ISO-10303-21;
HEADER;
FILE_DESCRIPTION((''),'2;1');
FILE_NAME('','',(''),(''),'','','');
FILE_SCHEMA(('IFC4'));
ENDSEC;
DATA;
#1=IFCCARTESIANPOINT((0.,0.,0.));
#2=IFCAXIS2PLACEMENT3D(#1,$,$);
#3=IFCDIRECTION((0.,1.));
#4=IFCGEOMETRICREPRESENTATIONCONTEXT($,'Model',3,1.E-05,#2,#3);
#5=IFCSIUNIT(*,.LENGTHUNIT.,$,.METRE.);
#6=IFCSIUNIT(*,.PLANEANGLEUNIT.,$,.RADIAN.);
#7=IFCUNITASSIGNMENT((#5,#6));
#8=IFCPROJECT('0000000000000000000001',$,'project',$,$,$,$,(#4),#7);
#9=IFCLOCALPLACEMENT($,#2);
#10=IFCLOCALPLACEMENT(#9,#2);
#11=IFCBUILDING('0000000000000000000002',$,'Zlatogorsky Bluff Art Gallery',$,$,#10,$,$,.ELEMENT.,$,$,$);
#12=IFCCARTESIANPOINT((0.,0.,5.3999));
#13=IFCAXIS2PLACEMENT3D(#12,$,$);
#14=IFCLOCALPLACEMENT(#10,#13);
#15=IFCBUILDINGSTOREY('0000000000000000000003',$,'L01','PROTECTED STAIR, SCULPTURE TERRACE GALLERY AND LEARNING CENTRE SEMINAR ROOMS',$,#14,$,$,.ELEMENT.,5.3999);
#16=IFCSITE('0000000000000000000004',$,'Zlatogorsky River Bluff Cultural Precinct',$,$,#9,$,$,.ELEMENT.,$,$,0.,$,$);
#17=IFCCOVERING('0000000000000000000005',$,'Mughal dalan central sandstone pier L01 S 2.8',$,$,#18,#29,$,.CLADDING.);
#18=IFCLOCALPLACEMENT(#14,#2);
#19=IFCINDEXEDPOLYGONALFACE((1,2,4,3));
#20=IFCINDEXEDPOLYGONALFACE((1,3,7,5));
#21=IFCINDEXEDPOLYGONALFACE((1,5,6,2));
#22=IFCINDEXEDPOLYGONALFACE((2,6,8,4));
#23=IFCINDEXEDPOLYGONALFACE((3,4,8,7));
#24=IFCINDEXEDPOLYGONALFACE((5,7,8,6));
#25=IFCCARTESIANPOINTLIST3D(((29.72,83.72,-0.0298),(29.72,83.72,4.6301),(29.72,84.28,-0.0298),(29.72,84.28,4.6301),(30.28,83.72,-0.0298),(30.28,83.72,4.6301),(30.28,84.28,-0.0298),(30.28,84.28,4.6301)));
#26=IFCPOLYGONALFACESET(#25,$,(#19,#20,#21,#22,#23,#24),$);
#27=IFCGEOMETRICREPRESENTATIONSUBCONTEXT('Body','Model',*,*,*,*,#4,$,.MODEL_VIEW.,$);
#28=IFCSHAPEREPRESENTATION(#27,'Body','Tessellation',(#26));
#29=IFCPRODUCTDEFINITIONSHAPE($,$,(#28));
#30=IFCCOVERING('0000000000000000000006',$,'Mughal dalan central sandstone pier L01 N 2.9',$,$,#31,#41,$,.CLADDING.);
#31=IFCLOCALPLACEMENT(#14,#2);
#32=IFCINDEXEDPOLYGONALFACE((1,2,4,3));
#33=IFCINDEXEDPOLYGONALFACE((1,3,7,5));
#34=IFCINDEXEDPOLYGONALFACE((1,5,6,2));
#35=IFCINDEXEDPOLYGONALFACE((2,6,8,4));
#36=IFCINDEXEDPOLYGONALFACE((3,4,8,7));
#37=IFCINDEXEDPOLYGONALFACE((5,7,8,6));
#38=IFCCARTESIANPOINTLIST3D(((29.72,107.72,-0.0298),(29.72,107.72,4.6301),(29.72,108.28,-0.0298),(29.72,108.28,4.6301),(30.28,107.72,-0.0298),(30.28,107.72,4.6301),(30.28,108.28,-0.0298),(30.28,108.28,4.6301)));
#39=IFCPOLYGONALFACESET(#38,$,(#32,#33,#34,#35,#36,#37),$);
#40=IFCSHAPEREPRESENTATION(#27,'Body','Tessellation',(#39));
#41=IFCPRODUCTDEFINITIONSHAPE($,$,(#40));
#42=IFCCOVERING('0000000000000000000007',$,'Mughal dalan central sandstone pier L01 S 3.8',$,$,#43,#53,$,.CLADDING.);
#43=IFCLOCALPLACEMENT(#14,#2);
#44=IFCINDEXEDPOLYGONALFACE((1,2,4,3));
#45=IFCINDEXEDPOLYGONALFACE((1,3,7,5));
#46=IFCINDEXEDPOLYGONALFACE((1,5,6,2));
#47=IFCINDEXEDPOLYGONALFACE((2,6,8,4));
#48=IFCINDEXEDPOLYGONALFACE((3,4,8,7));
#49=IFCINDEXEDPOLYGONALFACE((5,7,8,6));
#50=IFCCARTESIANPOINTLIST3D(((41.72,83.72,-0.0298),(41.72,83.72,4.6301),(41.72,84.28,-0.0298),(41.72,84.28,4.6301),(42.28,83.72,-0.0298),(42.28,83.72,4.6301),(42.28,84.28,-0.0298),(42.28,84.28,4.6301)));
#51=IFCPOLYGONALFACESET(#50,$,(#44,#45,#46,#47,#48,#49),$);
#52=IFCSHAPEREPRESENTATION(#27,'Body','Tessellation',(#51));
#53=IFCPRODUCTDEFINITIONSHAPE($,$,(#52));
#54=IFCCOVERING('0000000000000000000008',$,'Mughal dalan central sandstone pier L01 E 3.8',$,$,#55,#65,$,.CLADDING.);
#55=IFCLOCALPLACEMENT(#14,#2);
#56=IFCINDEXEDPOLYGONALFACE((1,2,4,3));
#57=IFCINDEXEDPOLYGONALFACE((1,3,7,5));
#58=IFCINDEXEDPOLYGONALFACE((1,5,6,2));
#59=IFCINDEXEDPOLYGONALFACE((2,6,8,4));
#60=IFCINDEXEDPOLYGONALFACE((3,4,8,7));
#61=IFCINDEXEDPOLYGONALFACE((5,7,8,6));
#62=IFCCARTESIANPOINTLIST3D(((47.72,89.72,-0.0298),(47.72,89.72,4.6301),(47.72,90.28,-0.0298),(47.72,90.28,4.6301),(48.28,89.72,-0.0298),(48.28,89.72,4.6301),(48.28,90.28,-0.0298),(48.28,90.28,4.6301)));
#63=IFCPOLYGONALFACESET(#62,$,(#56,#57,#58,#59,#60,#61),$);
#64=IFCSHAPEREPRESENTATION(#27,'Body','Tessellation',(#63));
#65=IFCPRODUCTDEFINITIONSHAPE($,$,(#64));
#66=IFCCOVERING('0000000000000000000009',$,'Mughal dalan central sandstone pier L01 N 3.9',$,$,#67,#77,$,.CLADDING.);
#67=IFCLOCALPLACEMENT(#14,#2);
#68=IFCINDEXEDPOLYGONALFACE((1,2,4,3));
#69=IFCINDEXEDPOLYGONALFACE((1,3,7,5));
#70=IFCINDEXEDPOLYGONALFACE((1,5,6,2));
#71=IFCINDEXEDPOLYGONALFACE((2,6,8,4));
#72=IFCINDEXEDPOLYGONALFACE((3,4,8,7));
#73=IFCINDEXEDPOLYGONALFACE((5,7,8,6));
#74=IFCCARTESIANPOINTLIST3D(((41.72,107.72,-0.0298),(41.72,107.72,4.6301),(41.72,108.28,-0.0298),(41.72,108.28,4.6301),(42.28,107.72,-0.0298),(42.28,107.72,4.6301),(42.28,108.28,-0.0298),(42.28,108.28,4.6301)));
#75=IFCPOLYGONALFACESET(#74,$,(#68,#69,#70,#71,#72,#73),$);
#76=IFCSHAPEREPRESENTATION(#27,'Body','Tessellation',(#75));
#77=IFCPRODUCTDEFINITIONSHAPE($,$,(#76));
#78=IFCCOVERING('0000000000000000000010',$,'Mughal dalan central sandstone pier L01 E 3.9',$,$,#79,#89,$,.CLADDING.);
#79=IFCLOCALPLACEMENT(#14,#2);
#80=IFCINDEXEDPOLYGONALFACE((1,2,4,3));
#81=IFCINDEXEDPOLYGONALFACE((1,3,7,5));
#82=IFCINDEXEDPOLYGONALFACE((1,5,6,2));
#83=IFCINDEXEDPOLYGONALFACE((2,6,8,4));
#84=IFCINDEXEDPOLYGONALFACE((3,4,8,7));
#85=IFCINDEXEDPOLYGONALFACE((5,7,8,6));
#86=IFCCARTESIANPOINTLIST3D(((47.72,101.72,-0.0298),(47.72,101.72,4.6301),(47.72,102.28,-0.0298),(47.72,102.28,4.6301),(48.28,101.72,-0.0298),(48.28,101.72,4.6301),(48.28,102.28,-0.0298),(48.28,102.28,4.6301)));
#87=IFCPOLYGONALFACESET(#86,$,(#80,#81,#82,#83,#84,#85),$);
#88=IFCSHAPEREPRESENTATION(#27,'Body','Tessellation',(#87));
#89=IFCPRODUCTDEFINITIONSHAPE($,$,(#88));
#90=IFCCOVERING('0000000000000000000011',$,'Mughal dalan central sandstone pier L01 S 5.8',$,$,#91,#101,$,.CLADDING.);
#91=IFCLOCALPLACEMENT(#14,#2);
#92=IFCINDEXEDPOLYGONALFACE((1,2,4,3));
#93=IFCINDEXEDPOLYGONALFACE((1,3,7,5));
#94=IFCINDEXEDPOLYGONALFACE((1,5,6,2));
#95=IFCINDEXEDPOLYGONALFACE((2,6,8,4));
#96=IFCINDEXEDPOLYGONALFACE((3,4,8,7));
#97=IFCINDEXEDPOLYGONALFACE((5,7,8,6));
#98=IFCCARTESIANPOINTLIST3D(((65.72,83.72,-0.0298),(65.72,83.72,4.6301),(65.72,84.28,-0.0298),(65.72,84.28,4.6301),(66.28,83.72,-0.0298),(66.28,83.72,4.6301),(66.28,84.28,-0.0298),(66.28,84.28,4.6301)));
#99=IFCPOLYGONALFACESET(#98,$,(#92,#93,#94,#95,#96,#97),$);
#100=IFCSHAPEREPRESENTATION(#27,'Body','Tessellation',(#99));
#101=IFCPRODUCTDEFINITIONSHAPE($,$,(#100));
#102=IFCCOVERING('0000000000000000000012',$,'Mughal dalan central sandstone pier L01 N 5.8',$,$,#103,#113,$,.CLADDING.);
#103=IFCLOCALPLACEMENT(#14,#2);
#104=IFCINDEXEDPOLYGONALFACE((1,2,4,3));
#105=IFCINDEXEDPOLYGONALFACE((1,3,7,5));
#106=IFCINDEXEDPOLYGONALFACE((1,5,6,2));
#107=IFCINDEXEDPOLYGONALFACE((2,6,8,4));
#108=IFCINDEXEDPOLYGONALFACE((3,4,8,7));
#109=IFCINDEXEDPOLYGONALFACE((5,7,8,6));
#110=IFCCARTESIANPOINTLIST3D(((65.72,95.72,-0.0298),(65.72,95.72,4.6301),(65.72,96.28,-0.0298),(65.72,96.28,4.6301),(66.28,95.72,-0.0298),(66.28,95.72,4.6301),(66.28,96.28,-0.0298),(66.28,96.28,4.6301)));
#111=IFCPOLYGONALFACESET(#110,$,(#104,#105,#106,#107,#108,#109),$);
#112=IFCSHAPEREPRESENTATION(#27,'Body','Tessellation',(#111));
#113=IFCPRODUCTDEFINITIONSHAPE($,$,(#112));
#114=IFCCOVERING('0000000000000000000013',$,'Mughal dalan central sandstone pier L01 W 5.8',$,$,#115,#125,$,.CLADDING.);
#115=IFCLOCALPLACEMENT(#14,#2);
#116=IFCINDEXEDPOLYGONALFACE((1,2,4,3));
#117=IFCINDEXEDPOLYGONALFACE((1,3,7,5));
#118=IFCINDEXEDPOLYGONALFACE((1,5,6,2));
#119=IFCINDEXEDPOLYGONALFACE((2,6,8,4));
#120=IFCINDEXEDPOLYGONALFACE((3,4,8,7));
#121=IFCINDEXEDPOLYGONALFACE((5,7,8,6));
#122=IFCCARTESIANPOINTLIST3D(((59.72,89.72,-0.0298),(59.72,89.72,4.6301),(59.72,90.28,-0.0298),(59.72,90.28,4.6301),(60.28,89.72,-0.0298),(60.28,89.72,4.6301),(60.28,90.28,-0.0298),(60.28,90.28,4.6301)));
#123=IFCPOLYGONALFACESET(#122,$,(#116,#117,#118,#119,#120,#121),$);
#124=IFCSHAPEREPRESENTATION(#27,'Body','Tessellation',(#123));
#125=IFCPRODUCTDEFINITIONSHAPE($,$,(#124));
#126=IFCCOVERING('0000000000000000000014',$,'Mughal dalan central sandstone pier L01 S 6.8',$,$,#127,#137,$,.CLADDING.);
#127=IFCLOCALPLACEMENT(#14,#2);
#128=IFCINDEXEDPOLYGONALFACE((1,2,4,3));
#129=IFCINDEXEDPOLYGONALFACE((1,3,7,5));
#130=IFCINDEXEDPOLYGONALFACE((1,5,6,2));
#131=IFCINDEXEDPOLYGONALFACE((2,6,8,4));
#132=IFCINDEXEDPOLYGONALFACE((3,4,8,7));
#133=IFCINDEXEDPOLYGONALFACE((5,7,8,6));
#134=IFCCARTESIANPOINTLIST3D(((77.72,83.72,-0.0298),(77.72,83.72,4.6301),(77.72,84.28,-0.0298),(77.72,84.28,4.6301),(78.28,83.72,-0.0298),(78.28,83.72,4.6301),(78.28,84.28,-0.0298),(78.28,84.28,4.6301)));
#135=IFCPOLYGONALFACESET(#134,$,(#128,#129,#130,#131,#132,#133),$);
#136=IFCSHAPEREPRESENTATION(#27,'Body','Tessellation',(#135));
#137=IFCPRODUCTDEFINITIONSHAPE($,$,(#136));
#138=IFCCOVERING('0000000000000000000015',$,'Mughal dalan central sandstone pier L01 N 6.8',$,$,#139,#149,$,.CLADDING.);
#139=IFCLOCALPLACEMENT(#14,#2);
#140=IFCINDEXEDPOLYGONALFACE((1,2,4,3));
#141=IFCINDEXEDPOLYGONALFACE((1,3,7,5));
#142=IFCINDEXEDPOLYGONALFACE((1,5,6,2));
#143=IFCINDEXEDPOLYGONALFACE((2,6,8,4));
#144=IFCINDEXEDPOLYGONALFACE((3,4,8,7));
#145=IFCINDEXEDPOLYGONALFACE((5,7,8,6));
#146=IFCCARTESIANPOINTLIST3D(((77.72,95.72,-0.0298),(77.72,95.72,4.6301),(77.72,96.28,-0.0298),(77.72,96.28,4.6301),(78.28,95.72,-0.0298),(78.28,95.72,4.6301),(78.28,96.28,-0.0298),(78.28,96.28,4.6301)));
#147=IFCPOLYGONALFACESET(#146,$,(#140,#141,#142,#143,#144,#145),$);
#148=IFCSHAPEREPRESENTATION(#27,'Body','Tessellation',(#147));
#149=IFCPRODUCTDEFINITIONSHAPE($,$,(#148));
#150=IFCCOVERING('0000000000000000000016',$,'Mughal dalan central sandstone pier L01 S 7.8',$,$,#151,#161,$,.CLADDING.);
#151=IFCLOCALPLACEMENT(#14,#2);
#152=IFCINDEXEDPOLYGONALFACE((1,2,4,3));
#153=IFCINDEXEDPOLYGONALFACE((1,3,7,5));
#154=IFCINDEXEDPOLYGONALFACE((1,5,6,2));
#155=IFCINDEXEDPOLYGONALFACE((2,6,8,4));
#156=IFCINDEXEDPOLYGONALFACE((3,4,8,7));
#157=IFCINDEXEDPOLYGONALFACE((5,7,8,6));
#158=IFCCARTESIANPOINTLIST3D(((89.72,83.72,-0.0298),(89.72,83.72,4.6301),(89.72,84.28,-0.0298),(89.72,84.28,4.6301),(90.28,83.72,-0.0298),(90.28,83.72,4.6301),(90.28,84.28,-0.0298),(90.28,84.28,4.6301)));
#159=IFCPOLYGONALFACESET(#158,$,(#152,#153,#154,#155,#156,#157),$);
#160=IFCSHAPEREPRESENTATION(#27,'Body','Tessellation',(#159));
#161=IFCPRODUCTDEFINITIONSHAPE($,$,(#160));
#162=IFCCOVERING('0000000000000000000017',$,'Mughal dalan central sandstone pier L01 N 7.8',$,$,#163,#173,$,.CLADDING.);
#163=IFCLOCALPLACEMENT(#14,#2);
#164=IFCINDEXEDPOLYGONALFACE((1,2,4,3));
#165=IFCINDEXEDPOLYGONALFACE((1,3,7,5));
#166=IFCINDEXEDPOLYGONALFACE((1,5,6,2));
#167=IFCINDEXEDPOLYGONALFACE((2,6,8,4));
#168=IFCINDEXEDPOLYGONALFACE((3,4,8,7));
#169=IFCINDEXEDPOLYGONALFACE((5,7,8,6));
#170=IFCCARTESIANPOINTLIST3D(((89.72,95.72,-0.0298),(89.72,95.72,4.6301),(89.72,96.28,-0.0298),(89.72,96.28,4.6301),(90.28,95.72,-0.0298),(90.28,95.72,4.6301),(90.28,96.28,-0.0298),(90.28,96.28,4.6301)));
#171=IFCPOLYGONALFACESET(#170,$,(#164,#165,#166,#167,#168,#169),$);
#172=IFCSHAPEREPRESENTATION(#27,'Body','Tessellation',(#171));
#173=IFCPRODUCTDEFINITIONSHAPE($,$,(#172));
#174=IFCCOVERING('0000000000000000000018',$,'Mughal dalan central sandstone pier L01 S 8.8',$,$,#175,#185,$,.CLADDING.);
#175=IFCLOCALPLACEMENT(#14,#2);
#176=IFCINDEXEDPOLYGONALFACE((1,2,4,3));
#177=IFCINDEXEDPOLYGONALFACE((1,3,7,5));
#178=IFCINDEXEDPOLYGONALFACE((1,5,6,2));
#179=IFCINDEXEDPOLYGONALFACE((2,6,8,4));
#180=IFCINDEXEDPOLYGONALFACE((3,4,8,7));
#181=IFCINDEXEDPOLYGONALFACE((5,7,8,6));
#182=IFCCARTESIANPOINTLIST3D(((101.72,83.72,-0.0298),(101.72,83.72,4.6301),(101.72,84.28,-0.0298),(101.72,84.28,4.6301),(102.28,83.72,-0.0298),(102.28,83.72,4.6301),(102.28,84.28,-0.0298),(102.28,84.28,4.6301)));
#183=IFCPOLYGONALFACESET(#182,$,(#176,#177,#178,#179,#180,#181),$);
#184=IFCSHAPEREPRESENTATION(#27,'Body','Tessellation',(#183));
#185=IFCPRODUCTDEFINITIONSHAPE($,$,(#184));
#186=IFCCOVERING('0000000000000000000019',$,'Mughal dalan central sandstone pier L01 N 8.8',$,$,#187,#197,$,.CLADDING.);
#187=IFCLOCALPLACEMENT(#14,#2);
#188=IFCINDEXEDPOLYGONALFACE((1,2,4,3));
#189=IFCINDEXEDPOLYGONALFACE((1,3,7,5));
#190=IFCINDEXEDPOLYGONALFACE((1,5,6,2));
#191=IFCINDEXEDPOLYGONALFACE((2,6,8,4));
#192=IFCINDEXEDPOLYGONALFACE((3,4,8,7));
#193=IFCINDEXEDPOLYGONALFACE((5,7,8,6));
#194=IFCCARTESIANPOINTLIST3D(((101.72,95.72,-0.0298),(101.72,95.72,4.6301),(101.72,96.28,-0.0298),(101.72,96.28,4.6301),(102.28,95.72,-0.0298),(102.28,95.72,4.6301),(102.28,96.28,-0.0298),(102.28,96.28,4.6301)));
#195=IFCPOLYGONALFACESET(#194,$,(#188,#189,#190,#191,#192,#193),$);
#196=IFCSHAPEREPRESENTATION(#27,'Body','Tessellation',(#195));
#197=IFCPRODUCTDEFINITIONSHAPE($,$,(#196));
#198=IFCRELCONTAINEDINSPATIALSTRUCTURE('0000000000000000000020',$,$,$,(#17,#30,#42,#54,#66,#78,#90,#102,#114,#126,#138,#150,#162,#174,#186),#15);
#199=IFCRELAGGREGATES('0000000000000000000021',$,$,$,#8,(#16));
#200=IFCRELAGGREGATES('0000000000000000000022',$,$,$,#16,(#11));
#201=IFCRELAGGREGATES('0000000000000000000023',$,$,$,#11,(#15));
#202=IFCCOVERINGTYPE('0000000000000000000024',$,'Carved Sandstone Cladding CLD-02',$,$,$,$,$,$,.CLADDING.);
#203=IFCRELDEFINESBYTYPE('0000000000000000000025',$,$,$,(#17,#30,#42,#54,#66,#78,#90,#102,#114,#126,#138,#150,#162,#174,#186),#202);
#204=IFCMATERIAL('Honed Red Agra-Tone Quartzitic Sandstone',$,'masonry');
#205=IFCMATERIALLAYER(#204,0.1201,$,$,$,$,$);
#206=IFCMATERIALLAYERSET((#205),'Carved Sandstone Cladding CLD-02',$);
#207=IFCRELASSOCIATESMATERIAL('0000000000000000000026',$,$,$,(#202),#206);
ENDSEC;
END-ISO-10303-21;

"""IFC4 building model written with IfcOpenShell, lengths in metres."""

from ifc_helpers import new_model, si_unit, direction, frame, origin, place, context, subcontext, project, spatial, polyline, outline, extrude, material, layer, layer_set, type_object, element, save


model = new_model("IFC4")

# Units and contexts
model_context = context("Model", 3, precision=1e-05, world=origin(), true_north=direction((0.0, 1.0)))
body_context = subcontext(model_context, "Body", "Model", "MODEL_VIEW")
ifc_project = project(units=[si_unit("LENGTHUNIT", "METRE"), si_unit("PLANEANGLEUNIT", "RADIAN")], contexts=[model_context])

# Site, building, storey
site_placement = place(None, origin())
site = spatial("IfcSite", under=ifc_project, at=site_placement, Name="Zlatogorsky River Bluff Cultural Precinct", CompositionType="ELEMENT", RefElevation=0.0)
building_placement = place(site_placement, origin())
building = spatial("IfcBuilding", under=site, at=building_placement, Name="Zlatogorsky Bluff Art Gallery", CompositionType="ELEMENT")
storey_placement = place(building_placement, frame((0.0, 0.0, 5.3999)))
storey = spatial("IfcBuildingStorey", under=building, at=storey_placement, Name="L01", Description="PROTECTED STAIR, SCULPTURE TERRACE GALLERY AND LEARNING CENTRE SEMINAR ROOMS", CompositionType="ELEMENT", Elevation=5.3999)

# Coverings
ifc_material_1 = material(Name="Honed Red Agra-Tone Quartzitic Sandstone", Category="masonry")
ifc_layer_1 = layer(ifc_material_1, 0.1201)
ifc_layer_set_1 = layer_set([ifc_layer_1], Name="Carved Sandstone Cladding CLD-02")
covering_type = type_object("IfcCoveringType", Name="Carved Sandstone Cladding CLD-02", PredefinedType="CLADDING", material=ifc_layer_set_1)
covering_1_placement = place(storey_placement, frame((0.0, 0.0, -0.0298)))
element("IfcCovering", 1, at=covering_1_placement, inside=storey, type_object=covering_type, Name="Mughal dalan central sandstone pier L01 S 2.8", PredefinedType="CLADDING", context=body_context, shape_type="SweptSolid", body=[
    extrude(outline(polyline([(29.72, 83.72), (30.28, 83.72), (30.28, 84.28), (29.72, 84.28), (29.72, 83.72)])), origin(), (0.0, 0.0, 1.0), 4.6599),
])
covering_2_placement = place(storey_placement, frame((0.0, 0.0, -0.0298)))
element("IfcCovering", 2, at=covering_2_placement, inside=storey, type_object=covering_type, Name="Mughal dalan central sandstone pier L01 N 2.9", PredefinedType="CLADDING", context=body_context, shape_type="SweptSolid", body=[
    extrude(outline(polyline([(29.72, 107.72), (30.28, 107.72), (30.28, 108.28), (29.72, 108.28), (29.72, 107.72)])), origin(), (0.0, 0.0, 1.0), 4.6599),
])
covering_3_placement = place(storey_placement, frame((0.0, 0.0, -0.0298)))
element("IfcCovering", 3, at=covering_3_placement, inside=storey, type_object=covering_type, Name="Mughal dalan central sandstone pier L01 S 3.8", PredefinedType="CLADDING", context=body_context, shape_type="SweptSolid", body=[
    extrude(outline(polyline([(41.72, 83.72), (42.28, 83.72), (42.28, 84.28), (41.72, 84.28), (41.72, 83.72)])), origin(), (0.0, 0.0, 1.0), 4.6599),
])
covering_4_placement = place(storey_placement, frame((0.0, 0.0, -0.0298)))
element("IfcCovering", 4, at=covering_4_placement, inside=storey, type_object=covering_type, Name="Mughal dalan central sandstone pier L01 E 3.8", PredefinedType="CLADDING", context=body_context, shape_type="SweptSolid", body=[
    extrude(outline(polyline([(47.72, 89.72), (48.28, 89.72), (48.28, 90.28), (47.72, 90.28), (47.72, 89.72)])), origin(), (0.0, 0.0, 1.0), 4.6599),
])
covering_5_placement = place(storey_placement, frame((0.0, 0.0, -0.0298)))
element("IfcCovering", 5, at=covering_5_placement, inside=storey, type_object=covering_type, Name="Mughal dalan central sandstone pier L01 N 3.9", PredefinedType="CLADDING", context=body_context, shape_type="SweptSolid", body=[
    extrude(outline(polyline([(41.72, 107.72), (42.28, 107.72), (42.28, 108.28), (41.72, 108.28), (41.72, 107.72)])), origin(), (0.0, 0.0, 1.0), 4.6599),
])
covering_6_placement = place(storey_placement, frame((0.0, 0.0, -0.0298)))
element("IfcCovering", 6, at=covering_6_placement, inside=storey, type_object=covering_type, Name="Mughal dalan central sandstone pier L01 E 3.9", PredefinedType="CLADDING", context=body_context, shape_type="SweptSolid", body=[
    extrude(outline(polyline([(47.72, 101.72), (48.28, 101.72), (48.28, 102.28), (47.72, 102.28), (47.72, 101.72)])), origin(), (0.0, 0.0, 1.0), 4.6599),
])
covering_7_placement = place(storey_placement, frame((0.0, 0.0, -0.0298)))
element("IfcCovering", 7, at=covering_7_placement, inside=storey, type_object=covering_type, Name="Mughal dalan central sandstone pier L01 S 5.8", PredefinedType="CLADDING", context=body_context, shape_type="SweptSolid", body=[
    extrude(outline(polyline([(65.72, 83.72), (66.28, 83.72), (66.28, 84.28), (65.72, 84.28), (65.72, 83.72)])), origin(), (0.0, 0.0, 1.0), 4.6599),
])
covering_8_placement = place(storey_placement, frame((0.0, 0.0, -0.0298)))
element("IfcCovering", 8, at=covering_8_placement, inside=storey, type_object=covering_type, Name="Mughal dalan central sandstone pier L01 N 5.8", PredefinedType="CLADDING", context=body_context, shape_type="SweptSolid", body=[
    extrude(outline(polyline([(65.72, 95.72), (66.28, 95.72), (66.28, 96.28), (65.72, 96.28), (65.72, 95.72)])), origin(), (0.0, 0.0, 1.0), 4.6599),
])
covering_9_placement = place(storey_placement, frame((0.0, 0.0, -0.0298)))
element("IfcCovering", 9, at=covering_9_placement, inside=storey, type_object=covering_type, Name="Mughal dalan central sandstone pier L01 W 5.8", PredefinedType="CLADDING", context=body_context, shape_type="SweptSolid", body=[
    extrude(outline(polyline([(59.72, 89.72), (60.28, 89.72), (60.28, 90.28), (59.72, 90.28), (59.72, 89.72)])), origin(), (0.0, 0.0, 1.0), 4.6599),
])
covering_10_placement = place(storey_placement, frame((0.0, 0.0, -0.0298)))
element("IfcCovering", 10, at=covering_10_placement, inside=storey, type_object=covering_type, Name="Mughal dalan central sandstone pier L01 S 6.8", PredefinedType="CLADDING", context=body_context, shape_type="SweptSolid", body=[
    extrude(outline(polyline([(77.72, 83.72), (78.28, 83.72), (78.28, 84.28), (77.72, 84.28), (77.72, 83.72)])), origin(), (0.0, 0.0, 1.0), 4.6599),
])
covering_11_placement = place(storey_placement, frame((0.0, 0.0, -0.0298)))
element("IfcCovering", 11, at=covering_11_placement, inside=storey, type_object=covering_type, Name="Mughal dalan central sandstone pier L01 N 6.8", PredefinedType="CLADDING", context=body_context, shape_type="SweptSolid", body=[
    extrude(outline(polyline([(77.72, 95.72), (78.28, 95.72), (78.28, 96.28), (77.72, 96.28), (77.72, 95.72)])), origin(), (0.0, 0.0, 1.0), 4.6599),
])
covering_12_placement = place(storey_placement, frame((0.0, 0.0, -0.0298)))
element("IfcCovering", 12, at=covering_12_placement, inside=storey, type_object=covering_type, Name="Mughal dalan central sandstone pier L01 S 7.8", PredefinedType="CLADDING", context=body_context, shape_type="SweptSolid", body=[
    extrude(outline(polyline([(89.72, 83.72), (90.28, 83.72), (90.28, 84.28), (89.72, 84.28), (89.72, 83.72)])), origin(), (0.0, 0.0, 1.0), 4.6599),
])
covering_13_placement = place(storey_placement, frame((0.0, 0.0, -0.0298)))
element("IfcCovering", 13, at=covering_13_placement, inside=storey, type_object=covering_type, Name="Mughal dalan central sandstone pier L01 N 7.8", PredefinedType="CLADDING", context=body_context, shape_type="SweptSolid", body=[
    extrude(outline(polyline([(89.72, 95.72), (90.28, 95.72), (90.28, 96.28), (89.72, 96.28), (89.72, 95.72)])), origin(), (0.0, 0.0, 1.0), 4.6599),
])
covering_14_placement = place(storey_placement, frame((0.0, 0.0, -0.0298)))
element("IfcCovering", 14, at=covering_14_placement, inside=storey, type_object=covering_type, Name="Mughal dalan central sandstone pier L01 S 8.8", PredefinedType="CLADDING", context=body_context, shape_type="SweptSolid", body=[
    extrude(outline(polyline([(101.72, 83.72), (102.28, 83.72), (102.28, 84.28), (101.72, 84.28), (101.72, 83.72)])), origin(), (0.0, 0.0, 1.0), 4.6599),
])
covering_15_placement = place(storey_placement, frame((0.0, 0.0, -0.0298)))
element("IfcCovering", 15, at=covering_15_placement, inside=storey, type_object=covering_type, Name="Mughal dalan central sandstone pier L01 N 8.8", PredefinedType="CLADDING", context=body_context, shape_type="SweptSolid", body=[
    extrude(outline(polyline([(101.72, 95.72), (102.28, 95.72), (102.28, 96.28), (101.72, 96.28), (101.72, 95.72)])), origin(), (0.0, 0.0, 1.0), 4.6599),
])

save(model, "model.ifc")
